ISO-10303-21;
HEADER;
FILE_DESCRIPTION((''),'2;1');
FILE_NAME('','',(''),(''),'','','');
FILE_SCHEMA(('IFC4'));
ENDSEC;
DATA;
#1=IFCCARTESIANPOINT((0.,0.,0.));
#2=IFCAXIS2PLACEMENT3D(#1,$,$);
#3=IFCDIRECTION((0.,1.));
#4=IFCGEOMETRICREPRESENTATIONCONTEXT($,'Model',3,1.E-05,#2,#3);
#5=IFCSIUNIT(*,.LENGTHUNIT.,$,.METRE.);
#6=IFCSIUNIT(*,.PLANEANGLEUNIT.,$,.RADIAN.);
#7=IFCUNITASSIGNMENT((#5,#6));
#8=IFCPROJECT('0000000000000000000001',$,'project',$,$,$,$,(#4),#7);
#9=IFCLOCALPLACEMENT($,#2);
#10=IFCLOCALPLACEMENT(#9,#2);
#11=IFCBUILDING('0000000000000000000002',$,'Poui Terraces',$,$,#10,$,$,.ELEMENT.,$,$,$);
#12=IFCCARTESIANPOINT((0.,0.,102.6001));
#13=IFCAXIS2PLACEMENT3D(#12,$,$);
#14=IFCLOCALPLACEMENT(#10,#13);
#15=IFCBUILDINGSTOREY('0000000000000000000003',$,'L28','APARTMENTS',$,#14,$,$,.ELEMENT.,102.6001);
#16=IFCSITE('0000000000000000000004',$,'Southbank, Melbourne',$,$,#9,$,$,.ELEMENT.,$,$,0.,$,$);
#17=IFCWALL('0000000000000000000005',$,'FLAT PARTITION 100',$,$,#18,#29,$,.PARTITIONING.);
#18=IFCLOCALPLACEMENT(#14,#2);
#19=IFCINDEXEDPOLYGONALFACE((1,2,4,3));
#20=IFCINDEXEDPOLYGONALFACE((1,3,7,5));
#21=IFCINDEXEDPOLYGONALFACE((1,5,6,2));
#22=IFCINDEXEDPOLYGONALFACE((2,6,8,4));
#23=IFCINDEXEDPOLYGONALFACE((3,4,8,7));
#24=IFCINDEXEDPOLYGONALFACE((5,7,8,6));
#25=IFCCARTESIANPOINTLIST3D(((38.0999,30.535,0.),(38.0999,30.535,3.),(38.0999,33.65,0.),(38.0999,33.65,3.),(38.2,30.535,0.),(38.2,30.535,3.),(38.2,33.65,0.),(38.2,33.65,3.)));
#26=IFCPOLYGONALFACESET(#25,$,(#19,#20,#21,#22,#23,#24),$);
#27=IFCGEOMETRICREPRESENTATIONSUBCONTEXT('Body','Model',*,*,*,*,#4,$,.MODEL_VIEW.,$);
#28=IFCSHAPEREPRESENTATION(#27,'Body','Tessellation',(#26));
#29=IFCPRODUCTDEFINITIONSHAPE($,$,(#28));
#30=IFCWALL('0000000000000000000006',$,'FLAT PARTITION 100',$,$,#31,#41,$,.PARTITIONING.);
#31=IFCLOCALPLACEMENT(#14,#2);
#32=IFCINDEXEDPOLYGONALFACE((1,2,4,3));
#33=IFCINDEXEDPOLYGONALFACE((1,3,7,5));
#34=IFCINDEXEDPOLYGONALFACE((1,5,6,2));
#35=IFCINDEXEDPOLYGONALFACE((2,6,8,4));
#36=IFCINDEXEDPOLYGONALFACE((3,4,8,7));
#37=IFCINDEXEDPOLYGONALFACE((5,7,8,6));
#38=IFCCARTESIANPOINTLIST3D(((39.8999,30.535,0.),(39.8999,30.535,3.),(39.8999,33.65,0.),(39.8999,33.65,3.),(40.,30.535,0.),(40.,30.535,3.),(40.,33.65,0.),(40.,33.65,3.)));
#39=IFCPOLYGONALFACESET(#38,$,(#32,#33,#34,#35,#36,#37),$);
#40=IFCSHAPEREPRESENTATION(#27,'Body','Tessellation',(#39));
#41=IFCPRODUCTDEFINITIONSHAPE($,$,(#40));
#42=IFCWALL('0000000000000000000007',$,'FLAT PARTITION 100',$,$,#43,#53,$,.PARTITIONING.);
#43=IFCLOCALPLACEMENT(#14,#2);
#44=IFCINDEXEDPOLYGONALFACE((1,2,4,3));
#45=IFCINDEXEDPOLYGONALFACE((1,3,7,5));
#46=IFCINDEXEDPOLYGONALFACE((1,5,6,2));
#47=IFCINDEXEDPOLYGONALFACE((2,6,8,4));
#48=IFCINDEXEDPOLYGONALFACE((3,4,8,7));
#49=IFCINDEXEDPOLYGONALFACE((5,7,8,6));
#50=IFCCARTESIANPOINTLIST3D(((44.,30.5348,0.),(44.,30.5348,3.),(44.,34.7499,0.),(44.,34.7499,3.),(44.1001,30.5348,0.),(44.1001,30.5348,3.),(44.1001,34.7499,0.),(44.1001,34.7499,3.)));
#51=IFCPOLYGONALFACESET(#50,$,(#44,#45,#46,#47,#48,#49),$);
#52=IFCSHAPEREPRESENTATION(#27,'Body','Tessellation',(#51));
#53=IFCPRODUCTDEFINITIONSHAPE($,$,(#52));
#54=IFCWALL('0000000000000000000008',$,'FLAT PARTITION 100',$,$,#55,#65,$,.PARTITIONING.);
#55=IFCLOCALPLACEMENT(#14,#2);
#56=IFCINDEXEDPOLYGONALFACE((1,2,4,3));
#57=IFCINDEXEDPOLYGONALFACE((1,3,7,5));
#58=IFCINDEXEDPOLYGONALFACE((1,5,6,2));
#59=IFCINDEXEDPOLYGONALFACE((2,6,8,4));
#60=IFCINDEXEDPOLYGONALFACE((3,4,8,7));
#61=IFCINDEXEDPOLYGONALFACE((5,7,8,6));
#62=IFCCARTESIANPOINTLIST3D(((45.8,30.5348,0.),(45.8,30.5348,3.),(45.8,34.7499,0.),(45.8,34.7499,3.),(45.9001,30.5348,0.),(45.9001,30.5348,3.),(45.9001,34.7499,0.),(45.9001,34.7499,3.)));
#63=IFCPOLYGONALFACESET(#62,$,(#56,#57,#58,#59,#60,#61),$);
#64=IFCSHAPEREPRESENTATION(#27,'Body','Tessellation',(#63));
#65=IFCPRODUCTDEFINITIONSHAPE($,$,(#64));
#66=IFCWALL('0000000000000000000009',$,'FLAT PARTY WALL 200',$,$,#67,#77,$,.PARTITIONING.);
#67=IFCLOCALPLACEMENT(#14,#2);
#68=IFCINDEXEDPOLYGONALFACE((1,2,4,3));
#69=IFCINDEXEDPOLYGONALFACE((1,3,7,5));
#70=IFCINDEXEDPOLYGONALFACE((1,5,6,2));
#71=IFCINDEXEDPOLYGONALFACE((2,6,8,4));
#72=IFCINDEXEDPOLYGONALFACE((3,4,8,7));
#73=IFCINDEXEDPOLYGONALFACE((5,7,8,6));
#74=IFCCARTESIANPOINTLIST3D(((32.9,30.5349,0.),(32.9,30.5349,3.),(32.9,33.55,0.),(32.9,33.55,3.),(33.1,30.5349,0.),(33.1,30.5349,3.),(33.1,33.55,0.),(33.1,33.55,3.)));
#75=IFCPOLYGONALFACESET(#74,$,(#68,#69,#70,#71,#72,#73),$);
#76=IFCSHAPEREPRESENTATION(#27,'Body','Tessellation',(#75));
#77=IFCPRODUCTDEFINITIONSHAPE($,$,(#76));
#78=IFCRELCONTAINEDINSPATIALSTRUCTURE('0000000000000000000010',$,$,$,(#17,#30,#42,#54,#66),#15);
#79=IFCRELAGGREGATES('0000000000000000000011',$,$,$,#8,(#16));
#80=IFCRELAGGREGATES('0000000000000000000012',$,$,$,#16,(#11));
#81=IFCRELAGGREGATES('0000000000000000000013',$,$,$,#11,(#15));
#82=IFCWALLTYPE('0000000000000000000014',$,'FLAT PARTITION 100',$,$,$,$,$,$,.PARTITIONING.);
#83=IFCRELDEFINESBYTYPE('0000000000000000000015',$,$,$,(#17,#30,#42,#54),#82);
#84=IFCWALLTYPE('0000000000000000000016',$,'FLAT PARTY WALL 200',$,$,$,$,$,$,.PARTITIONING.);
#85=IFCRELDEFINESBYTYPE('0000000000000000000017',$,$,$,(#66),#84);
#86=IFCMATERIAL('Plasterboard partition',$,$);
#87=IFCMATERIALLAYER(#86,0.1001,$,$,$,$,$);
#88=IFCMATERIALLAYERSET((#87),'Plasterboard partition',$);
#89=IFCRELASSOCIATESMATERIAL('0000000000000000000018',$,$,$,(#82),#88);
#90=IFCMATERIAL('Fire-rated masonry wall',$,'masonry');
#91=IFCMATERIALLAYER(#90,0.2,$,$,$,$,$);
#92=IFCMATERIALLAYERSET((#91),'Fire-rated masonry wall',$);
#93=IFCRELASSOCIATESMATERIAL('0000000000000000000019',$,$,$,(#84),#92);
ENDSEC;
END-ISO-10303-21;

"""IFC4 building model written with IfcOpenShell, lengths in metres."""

from ifc_helpers import new_model, si_unit, direction, frame, frame_2d, origin, place, context, subcontext, project, spatial, rectangle, extrude, material, layer, layer_set, type_object, element, save


model = new_model("IFC4")

# Units and contexts
model_context = context("Model", 3, precision=1e-05, world=origin(), true_north=direction((0.0, 1.0)))
body_context = subcontext(model_context, "Body", "Model", "MODEL_VIEW")
ifc_project = project(units=[si_unit("LENGTHUNIT", "METRE"), si_unit("PLANEANGLEUNIT", "RADIAN")], contexts=[model_context])

# Site, building, storey
site_placement = place(None, origin())
site = spatial("IfcSite", under=ifc_project, at=site_placement, Name="Southbank, Melbourne", CompositionType="ELEMENT", RefElevation=0.0)
building_placement = place(site_placement, origin())
building = spatial("IfcBuilding", under=site, at=building_placement, Name="Poui Terraces", CompositionType="ELEMENT")
storey_placement = place(building_placement, frame((0.0, 0.0, 102.6001)))
storey = spatial("IfcBuildingStorey", under=building, at=storey_placement, Name="L28", Description="APARTMENTS", CompositionType="ELEMENT", Elevation=102.6001)

# Shared definitions
ifc_material_1 = material(Name="Plasterboard partition")
ifc_layer_1 = layer(ifc_material_1, 0.1001)
ifc_layer_set_1 = layer_set([ifc_layer_1], Name="Plasterboard partition")
wall_type_1 = type_object("IfcWallType", Name="FLAT PARTITION 100", PredefinedType="PARTITIONING", material=ifc_layer_set_1)

# Walls
for number, where, z_axis, x_axis, name in (
    (1, (38.1499, 30.5349, 0.0), (0.0, 0.0, 1.0), (0.0, 1.0, 0.0), "FLAT PARTITION 100"),
    (2, (39.95, 30.5349, 0.0), (0.0, 0.0, 1.0), (0.0, 1.0, 0.0), "FLAT PARTITION 100"),
):
    element("IfcWall", number, at=place(storey_placement, frame(where, z_axis=z_axis, x_axis=x_axis)), inside=storey, type_object=wall_type_1, Name=name, PredefinedType="PARTITIONING", context=body_context, shape_type="SweptSolid", body=[
        extrude(rectangle(XDim=3.115, YDim=0.1001, at=frame_2d((1.5576, 0.0))), origin(), (0.0, 0.0, 1.0), 3.0),
    ])
for number, where, z_axis, x_axis, name in (
    (3, (44.05, 30.5349, 0.0), (0.0, 0.0, 1.0), (0.0, 1.0, 0.0), "FLAT PARTITION 100"),
    (4, (45.8501, 30.5349, 0.0), (0.0, 0.0, 1.0), (0.0, 1.0, 0.0), "FLAT PARTITION 100"),
):
    element("IfcWall", number, at=place(storey_placement, frame(where, z_axis=z_axis, x_axis=x_axis)), inside=storey, type_object=wall_type_1, Name=name, PredefinedType="PARTITIONING", context=body_context, shape_type="SweptSolid", body=[
        extrude(rectangle(XDim=4.2151, YDim=0.1001, at=frame_2d((2.1074, 0.0))), origin(), (0.0, 0.0, 1.0), 3.0),
    ])
ifc_material_2 = material(Name="Fire-rated masonry wall", Category="masonry")
ifc_layer_2 = layer(ifc_material_2, 0.2)
ifc_layer_set_2 = layer_set([ifc_layer_2], Name="Fire-rated masonry wall")
wall_type_2 = type_object("IfcWallType", Name="FLAT PARTY WALL 200", PredefinedType="PARTITIONING", material=ifc_layer_set_2)
wall_1_placement = place(storey_placement, frame((33.0, 30.5349, 0.0), z_axis=(0.0, 0.0, 1.0), x_axis=(0.0, 1.0, 0.0)))
element("IfcWall", 5, at=wall_1_placement, inside=storey, type_object=wall_type_2, Name="FLAT PARTY WALL 200", PredefinedType="PARTITIONING", context=body_context, shape_type="SweptSolid", body=[
    extrude(rectangle(XDim=3.0151, YDim=0.2, at=frame_2d((1.5076, 0.0))), origin(), (0.0, 0.0, 1.0), 3.0),
])

save(model, "model.ifc")
